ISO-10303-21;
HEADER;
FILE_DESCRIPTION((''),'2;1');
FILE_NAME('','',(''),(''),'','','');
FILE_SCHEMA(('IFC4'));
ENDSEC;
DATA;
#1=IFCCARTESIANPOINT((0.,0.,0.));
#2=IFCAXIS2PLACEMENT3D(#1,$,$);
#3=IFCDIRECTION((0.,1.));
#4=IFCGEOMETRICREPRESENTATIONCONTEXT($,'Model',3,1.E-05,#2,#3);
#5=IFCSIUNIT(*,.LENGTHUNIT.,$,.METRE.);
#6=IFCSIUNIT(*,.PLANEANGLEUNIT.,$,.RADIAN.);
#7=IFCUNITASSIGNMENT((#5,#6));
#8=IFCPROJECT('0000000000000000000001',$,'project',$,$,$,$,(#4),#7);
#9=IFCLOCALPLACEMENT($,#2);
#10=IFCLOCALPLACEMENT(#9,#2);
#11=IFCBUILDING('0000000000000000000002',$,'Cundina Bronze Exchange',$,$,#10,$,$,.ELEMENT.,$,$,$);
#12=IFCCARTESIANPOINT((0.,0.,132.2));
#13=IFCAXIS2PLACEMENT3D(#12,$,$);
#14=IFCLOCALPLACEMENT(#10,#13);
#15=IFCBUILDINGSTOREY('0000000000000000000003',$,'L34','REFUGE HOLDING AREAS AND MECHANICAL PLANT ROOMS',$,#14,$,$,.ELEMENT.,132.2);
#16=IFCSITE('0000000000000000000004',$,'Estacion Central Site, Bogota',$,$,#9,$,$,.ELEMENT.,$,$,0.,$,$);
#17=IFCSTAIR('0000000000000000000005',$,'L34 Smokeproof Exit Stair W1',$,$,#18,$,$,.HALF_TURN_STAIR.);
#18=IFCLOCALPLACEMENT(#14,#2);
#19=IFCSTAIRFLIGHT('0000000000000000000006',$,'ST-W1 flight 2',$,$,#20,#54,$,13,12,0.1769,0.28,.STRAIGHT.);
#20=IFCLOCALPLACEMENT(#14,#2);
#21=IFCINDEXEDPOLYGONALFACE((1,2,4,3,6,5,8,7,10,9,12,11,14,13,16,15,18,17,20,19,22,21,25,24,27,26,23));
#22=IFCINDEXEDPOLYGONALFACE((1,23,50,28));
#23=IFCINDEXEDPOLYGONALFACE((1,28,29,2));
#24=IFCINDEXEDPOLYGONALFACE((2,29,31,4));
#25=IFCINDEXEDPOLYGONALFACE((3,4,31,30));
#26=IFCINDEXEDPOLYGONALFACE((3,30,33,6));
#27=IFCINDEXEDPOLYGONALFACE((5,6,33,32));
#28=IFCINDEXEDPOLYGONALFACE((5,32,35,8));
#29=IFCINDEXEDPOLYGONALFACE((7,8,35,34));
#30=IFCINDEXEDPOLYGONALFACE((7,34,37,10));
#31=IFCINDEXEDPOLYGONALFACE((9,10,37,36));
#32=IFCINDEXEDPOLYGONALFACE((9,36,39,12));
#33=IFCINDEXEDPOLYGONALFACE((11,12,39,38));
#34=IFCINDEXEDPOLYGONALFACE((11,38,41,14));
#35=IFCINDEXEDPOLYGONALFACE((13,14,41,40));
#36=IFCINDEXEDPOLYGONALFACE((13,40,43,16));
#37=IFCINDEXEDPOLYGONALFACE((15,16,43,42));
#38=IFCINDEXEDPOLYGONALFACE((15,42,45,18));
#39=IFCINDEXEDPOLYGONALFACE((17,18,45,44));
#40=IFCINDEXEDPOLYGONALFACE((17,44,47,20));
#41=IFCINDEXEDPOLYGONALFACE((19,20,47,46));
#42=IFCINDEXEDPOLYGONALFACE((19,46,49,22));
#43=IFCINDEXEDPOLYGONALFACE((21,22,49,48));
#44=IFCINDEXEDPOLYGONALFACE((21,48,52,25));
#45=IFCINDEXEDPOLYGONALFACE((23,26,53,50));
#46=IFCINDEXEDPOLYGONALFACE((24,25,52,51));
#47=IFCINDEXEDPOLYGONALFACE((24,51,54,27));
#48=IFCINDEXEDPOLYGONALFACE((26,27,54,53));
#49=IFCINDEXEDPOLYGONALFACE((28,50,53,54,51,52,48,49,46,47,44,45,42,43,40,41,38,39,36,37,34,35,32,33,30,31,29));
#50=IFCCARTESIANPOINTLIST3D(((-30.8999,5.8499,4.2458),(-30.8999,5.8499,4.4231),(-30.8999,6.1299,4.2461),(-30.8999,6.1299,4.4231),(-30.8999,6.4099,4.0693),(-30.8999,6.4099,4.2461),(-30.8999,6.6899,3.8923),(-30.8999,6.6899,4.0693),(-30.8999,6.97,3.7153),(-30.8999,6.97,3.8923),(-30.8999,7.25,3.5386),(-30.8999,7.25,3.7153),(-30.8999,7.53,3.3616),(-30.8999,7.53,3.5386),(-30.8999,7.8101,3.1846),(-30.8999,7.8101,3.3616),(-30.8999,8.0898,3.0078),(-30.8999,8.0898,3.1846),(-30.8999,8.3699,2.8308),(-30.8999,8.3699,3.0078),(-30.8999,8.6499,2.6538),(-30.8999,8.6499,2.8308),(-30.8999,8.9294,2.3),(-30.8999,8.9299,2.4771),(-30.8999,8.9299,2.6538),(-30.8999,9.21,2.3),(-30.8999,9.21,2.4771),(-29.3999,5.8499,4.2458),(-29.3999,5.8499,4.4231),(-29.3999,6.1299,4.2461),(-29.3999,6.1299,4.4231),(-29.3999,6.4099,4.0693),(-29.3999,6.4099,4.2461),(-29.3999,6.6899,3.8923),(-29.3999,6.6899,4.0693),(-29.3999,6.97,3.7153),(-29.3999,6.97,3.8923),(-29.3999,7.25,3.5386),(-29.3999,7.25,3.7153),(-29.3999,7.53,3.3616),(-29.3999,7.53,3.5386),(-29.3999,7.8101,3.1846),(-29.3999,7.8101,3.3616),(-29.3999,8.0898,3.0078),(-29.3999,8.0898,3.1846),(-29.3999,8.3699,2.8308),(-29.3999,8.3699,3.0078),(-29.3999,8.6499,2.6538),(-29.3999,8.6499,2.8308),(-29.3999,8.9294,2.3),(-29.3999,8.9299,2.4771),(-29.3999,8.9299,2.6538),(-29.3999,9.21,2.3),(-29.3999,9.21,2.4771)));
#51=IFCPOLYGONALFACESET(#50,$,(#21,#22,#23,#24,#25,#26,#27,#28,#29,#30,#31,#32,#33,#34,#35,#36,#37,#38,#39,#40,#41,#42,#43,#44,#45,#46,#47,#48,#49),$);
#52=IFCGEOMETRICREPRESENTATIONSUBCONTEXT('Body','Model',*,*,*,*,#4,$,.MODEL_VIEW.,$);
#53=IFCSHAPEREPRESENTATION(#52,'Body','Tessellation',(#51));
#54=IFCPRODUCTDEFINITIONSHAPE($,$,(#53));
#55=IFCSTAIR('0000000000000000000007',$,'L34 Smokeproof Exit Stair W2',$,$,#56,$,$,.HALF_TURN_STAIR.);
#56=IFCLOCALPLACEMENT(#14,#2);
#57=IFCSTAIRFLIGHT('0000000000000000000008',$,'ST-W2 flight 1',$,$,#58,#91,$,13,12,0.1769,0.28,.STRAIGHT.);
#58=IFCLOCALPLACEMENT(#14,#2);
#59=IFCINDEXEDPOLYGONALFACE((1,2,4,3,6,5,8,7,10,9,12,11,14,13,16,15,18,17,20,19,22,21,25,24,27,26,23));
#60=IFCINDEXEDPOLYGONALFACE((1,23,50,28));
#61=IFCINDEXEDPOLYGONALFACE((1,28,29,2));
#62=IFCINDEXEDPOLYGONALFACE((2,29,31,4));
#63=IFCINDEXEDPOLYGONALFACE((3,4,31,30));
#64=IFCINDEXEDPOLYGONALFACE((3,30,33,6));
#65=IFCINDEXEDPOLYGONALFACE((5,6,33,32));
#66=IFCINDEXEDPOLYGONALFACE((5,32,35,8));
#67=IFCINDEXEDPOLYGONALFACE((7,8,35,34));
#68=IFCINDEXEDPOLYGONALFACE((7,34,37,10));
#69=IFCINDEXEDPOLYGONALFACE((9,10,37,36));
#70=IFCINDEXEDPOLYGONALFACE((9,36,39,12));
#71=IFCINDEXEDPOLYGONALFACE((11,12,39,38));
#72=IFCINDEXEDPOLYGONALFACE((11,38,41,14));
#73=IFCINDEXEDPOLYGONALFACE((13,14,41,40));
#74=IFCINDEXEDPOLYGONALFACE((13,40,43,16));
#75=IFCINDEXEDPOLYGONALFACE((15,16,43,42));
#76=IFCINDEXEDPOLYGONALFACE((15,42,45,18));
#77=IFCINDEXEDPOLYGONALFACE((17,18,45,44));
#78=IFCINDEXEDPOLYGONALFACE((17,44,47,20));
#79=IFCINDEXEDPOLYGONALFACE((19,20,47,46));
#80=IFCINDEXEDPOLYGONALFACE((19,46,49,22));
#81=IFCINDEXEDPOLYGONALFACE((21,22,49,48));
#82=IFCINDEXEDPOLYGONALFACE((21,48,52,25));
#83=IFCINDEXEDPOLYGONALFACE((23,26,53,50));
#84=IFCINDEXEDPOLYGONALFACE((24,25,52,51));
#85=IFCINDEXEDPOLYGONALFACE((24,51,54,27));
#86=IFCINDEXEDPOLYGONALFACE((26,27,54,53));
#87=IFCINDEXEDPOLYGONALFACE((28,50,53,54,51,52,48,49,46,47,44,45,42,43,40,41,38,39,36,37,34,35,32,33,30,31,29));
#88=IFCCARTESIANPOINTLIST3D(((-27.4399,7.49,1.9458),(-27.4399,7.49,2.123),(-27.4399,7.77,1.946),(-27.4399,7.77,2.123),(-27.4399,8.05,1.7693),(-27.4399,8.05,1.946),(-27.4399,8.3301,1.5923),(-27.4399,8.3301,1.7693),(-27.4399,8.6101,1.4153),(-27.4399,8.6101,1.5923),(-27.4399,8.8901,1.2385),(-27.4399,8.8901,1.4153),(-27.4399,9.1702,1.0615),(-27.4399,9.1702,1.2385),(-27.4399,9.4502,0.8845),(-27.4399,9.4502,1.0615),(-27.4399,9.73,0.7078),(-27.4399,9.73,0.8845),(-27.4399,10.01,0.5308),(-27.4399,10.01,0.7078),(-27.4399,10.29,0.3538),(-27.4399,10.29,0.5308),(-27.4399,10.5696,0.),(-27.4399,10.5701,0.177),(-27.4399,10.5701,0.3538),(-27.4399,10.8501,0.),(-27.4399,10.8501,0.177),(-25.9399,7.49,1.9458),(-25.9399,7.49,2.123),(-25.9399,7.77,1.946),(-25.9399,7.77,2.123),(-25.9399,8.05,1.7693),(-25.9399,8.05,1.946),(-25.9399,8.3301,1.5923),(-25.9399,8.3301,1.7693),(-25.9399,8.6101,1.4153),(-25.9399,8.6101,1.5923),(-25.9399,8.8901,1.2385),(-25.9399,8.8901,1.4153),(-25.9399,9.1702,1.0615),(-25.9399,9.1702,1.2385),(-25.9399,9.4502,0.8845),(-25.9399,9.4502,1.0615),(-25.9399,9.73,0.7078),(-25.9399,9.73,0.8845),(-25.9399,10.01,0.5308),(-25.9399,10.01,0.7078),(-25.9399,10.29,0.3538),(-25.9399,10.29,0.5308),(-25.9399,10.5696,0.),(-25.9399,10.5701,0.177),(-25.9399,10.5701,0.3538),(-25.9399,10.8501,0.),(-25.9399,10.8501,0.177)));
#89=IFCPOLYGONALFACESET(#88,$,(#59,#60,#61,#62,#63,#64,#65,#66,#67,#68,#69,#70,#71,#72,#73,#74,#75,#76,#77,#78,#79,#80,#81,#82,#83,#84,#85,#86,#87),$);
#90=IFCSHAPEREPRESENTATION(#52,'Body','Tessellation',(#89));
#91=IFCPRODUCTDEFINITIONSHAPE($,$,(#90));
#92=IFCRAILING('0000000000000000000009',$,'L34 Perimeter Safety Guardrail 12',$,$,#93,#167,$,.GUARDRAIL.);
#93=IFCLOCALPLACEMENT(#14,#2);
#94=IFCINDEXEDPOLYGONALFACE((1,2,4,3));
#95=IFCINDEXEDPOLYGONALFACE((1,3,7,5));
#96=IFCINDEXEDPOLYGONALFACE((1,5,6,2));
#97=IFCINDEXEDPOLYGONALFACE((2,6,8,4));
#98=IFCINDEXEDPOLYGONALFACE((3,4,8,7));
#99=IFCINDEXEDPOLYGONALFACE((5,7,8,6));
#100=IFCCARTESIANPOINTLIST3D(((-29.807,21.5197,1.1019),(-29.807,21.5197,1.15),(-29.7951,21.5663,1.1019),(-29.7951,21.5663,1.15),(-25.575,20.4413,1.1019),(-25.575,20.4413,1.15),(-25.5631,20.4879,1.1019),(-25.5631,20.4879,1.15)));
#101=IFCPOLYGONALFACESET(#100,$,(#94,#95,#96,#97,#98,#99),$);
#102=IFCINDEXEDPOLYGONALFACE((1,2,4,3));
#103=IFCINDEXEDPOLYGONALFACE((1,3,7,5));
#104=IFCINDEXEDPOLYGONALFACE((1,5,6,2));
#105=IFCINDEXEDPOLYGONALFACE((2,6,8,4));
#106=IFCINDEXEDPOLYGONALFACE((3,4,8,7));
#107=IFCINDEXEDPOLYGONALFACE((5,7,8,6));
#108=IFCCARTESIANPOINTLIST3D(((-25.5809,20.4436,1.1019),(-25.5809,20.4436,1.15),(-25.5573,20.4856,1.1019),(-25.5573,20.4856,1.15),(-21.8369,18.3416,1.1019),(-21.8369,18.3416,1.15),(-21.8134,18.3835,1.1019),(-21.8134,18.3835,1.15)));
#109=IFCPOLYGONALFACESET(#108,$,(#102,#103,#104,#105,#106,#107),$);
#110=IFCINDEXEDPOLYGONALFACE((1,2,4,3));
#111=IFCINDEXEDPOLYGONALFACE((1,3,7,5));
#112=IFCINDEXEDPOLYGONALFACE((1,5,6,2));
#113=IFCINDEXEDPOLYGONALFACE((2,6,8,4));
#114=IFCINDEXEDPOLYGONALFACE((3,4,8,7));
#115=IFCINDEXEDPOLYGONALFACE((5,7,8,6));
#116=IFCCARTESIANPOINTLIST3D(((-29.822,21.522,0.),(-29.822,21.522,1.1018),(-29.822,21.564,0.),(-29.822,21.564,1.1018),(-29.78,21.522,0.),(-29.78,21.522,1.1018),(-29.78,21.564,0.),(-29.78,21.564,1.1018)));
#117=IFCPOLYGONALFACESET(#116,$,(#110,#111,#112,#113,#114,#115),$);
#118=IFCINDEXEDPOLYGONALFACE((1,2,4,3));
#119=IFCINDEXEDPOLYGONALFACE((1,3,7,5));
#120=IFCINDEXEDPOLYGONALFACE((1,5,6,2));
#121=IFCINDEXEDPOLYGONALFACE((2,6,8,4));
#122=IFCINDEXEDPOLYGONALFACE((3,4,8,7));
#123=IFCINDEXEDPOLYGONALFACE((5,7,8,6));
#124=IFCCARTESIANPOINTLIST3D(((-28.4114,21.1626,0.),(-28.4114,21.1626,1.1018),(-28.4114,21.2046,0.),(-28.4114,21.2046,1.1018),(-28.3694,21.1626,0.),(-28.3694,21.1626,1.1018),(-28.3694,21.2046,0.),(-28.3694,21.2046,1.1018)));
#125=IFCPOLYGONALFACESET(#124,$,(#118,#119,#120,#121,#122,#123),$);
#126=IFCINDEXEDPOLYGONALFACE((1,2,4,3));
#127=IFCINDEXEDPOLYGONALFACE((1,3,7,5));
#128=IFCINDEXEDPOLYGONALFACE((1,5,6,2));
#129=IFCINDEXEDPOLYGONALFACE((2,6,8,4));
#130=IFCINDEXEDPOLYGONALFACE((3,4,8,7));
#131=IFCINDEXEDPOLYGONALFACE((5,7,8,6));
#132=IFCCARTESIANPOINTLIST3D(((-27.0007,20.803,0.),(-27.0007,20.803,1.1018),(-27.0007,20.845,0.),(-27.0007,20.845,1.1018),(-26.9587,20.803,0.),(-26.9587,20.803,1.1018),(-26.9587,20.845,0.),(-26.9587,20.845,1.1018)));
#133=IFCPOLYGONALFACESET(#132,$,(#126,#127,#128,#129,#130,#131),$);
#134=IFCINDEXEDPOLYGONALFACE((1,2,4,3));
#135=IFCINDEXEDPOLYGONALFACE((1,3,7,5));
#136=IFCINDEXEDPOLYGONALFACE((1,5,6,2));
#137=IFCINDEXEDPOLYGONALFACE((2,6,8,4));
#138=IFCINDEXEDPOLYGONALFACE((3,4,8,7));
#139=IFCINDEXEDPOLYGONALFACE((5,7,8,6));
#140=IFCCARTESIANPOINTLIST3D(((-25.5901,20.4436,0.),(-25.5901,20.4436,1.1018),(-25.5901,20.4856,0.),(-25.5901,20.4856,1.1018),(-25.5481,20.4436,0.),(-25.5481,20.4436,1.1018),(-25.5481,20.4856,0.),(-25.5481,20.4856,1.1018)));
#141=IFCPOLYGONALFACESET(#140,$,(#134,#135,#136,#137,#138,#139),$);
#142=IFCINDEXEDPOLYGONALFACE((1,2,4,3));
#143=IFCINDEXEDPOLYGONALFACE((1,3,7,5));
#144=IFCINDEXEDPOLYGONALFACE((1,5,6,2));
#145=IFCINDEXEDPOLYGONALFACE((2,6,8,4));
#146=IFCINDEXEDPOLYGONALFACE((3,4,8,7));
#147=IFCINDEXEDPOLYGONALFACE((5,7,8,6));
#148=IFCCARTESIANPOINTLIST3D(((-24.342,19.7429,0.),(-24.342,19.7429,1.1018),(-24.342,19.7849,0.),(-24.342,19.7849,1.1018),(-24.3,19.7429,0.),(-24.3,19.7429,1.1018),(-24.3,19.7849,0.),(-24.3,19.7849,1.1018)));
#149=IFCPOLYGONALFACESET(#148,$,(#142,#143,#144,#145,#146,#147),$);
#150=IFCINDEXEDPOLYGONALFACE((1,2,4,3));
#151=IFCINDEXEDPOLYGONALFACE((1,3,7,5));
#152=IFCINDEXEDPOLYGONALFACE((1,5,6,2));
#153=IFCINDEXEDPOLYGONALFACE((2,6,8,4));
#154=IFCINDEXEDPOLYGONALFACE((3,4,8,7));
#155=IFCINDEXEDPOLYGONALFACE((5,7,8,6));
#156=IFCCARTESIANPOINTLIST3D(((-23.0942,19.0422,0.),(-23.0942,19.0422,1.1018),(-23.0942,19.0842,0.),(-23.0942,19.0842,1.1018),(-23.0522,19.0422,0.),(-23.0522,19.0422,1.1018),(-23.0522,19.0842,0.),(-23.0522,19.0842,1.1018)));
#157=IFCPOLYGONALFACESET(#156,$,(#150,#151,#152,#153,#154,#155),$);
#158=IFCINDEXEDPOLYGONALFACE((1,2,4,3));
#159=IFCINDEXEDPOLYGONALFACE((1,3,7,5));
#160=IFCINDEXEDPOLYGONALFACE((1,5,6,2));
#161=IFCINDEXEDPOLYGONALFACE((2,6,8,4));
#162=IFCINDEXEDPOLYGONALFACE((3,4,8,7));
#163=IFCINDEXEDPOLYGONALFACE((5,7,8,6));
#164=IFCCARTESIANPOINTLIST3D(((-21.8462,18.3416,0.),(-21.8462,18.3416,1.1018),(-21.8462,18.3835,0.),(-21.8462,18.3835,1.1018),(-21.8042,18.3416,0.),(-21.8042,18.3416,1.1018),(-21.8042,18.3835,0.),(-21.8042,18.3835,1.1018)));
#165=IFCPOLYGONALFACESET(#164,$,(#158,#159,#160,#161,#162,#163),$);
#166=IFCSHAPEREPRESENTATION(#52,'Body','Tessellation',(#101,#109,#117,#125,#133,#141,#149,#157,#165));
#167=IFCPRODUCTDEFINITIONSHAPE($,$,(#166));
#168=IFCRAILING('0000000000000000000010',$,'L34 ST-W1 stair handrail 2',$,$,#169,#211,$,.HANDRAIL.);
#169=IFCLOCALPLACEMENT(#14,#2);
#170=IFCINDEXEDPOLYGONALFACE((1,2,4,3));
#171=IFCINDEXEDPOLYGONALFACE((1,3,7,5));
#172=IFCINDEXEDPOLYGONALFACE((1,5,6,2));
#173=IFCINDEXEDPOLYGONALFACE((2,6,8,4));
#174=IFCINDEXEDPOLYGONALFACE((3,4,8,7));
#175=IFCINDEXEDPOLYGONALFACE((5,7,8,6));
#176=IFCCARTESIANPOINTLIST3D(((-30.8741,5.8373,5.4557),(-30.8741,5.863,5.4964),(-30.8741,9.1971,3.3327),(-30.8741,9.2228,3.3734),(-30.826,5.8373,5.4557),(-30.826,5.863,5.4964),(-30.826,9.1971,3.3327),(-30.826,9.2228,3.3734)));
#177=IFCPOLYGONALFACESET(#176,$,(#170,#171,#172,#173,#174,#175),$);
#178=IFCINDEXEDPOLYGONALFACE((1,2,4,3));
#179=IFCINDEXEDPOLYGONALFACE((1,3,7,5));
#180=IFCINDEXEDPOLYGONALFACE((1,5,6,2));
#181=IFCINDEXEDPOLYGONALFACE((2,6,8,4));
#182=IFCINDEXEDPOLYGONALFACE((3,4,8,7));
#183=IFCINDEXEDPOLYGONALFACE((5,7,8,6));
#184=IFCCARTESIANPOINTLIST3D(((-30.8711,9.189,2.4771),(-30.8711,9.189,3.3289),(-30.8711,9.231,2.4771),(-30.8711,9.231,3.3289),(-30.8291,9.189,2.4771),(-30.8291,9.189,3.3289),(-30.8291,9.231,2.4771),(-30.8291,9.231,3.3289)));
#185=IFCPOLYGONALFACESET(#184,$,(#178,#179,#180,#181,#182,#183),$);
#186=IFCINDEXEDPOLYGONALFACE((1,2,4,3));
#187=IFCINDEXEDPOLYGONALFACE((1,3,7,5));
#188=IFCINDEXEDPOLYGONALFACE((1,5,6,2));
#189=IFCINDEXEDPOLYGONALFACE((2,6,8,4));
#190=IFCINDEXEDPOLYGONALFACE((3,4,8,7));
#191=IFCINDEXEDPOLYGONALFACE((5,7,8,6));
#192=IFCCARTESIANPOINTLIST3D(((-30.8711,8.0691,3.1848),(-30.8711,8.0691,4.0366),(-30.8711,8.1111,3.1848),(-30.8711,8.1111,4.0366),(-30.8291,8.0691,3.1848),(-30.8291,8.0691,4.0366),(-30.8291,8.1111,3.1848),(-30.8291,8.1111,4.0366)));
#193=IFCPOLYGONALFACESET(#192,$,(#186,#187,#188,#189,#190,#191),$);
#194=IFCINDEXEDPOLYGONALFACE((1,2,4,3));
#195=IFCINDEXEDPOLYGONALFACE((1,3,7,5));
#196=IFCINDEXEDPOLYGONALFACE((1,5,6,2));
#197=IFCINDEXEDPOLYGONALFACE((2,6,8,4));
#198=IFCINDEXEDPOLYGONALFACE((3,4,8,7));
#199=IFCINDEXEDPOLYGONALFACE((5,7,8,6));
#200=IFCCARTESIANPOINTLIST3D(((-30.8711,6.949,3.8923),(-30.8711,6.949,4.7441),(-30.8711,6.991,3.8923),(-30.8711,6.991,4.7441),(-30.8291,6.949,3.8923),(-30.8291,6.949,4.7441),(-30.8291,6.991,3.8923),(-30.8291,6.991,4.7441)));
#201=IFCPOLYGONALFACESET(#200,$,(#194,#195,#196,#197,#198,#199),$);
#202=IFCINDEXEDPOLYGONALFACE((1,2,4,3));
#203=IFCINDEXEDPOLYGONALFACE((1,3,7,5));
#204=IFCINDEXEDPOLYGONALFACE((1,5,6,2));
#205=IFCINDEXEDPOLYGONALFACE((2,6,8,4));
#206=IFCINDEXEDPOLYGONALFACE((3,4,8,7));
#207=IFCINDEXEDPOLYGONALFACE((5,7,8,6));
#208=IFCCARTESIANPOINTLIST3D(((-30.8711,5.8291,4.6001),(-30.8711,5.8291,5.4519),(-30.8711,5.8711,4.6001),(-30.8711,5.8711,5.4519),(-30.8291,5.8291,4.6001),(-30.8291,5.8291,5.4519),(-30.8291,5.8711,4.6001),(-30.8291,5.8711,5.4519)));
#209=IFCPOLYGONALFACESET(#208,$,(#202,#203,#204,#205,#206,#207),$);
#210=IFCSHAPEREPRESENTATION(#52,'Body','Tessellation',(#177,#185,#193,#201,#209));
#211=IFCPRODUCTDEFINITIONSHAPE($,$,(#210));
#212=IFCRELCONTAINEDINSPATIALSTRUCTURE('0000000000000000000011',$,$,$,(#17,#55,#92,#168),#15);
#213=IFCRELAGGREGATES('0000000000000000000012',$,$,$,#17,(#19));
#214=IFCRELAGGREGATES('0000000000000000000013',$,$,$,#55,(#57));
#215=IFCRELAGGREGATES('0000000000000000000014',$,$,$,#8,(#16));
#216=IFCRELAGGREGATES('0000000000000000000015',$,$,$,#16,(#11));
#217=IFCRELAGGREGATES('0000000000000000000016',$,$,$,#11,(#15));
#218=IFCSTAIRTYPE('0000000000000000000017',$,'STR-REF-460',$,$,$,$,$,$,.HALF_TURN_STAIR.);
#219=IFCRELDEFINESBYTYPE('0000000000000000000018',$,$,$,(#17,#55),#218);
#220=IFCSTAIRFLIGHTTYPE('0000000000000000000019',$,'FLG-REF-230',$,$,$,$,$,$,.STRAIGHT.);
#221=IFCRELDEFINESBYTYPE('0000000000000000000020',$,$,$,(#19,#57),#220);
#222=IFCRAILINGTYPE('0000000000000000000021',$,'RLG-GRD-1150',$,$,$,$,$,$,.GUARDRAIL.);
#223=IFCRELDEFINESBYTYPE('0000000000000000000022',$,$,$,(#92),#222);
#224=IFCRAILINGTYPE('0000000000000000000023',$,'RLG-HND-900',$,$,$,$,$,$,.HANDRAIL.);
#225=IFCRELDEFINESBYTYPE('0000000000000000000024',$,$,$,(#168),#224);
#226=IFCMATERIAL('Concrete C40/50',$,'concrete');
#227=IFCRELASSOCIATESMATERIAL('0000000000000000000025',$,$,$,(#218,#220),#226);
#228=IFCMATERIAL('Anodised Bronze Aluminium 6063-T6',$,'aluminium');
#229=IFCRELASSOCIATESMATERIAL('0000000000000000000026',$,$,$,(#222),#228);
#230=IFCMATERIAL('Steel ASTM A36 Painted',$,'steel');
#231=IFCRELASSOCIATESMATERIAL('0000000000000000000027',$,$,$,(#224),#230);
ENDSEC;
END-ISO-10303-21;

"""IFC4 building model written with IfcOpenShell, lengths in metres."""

from ifc_helpers import new_model, si_unit, direction, frame, origin, origin_2d, place, context, subcontext, project, spatial, polyline, rectangle, outline, extrude, material, type_object, element, aggregate, save


model = new_model("IFC4")

# Units and contexts
model_context = context("Model", 3, precision=1e-05, world=origin(), true_north=direction((0.0, 1.0)))
body_context = subcontext(model_context, "Body", "Model", "MODEL_VIEW")
ifc_project = project(units=[si_unit("LENGTHUNIT", "METRE"), si_unit("PLANEANGLEUNIT", "RADIAN")], contexts=[model_context])

# Site, building, storey
site_placement = place(None, origin())
site = spatial("IfcSite", under=ifc_project, at=site_placement, Name="Estacion Central Site, Bogota", CompositionType="ELEMENT", RefElevation=0.0)
building_placement = place(site_placement, origin())
building = spatial("IfcBuilding", under=site, at=building_placement, Name="Cundina Bronze Exchange", CompositionType="ELEMENT")
storey_placement = place(building_placement, frame((0.0, 0.0, 132.2)))
storey = spatial("IfcBuildingStorey", under=building, at=storey_placement, Name="L34", Description="REFUGE HOLDING AREAS AND MECHANICAL PLANT ROOMS", CompositionType="ELEMENT", Elevation=132.2)

# Shared definitions
ifc_material_1 = material(Name="Steel ASTM A36 Painted", Category="steel")

# Stairs, stair flights
ifc_material_2 = material(Name="Concrete C40/50", Category="concrete")
stair_type = type_object("IfcStairType", Name="STR-REF-460", PredefinedType="HALF_TURN_STAIR", material=ifc_material_2)
stair_1_placement = place(storey_placement, origin())
stair_1 = element("IfcStair", 1, at=stair_1_placement, inside=storey, type_object=stair_type, Name="L34 Smokeproof Exit Stair W1", PredefinedType="HALF_TURN_STAIR")
stair_flight_type = type_object("IfcStairFlightType", Name="FLG-REF-230", PredefinedType="STRAIGHT", material=ifc_material_2)
stair_flight_1_placement = place(storey_placement, frame((-30.1499, 9.21, 2.3), z_axis=(0.0, 0.0, 1.0), x_axis=(0.0, -1.0, 0.0)))
stair_flight_1 = element("IfcStairFlight", 2, at=stair_flight_1_placement, type_object=stair_flight_type, Name="ST-W1 flight 2", NumberOfRisers=13, NumberOfTreads=12, PredefinedType="STRAIGHT", RiserHeight=0.1769, TreadLength=0.28, context=body_context, shape_type="SweptSolid", body=[
    extrude(outline(polyline([(0.0, 0.0), (0.0, 0.177), (0.28, 0.177), (0.28, 0.3538), (0.5601, 0.3538), (0.5601, 0.5308), (0.8401, 0.5308), (0.8401, 0.7078), (1.1201, 0.7078), (1.1201, 0.8845), (1.3999, 0.8845), (1.3999, 1.0615), (1.6799, 1.0615), (1.6799, 1.2385), (1.96, 1.2385), (1.96, 1.4153), (2.24, 1.4153), (2.24, 1.5923), (2.52, 1.5923), (2.52, 1.7693), (2.8, 1.7693), (2.8, 1.946), (3.0801, 1.946), (3.0801, 2.123), (3.3601, 2.123), (3.3601, 2.3), (3.3601, 1.9458), (0.2805, 0.0), (0.0, 0.0)])), frame((0.0, 0.75, 0.0), z_axis=(0.0, -1.0, 0.0), x_axis=(1.0, 0.0, 0.0)), (0.0, 0.0, 1.0), 1.5),
])
aggregate(stair_1, [stair_flight_1])
stair_2_placement = place(storey_placement, origin())
stair_2 = element("IfcStair", 3, at=stair_2_placement, inside=storey, type_object=stair_type, Name="L34 Smokeproof Exit Stair W2", PredefinedType="HALF_TURN_STAIR")
stair_flight_2_placement = place(storey_placement, frame((-26.6899, 10.8501, 0.0), z_axis=(0.0, 0.0, 1.0), x_axis=(0.0, -1.0, 0.0)))
stair_flight_2 = element("IfcStairFlight", 4, at=stair_flight_2_placement, type_object=stair_flight_type, Name="ST-W2 flight 1", NumberOfRisers=13, NumberOfTreads=12, PredefinedType="STRAIGHT", RiserHeight=0.1769, TreadLength=0.28, context=body_context, shape_type="SweptSolid", body=[
    extrude(outline(polyline([(0.0, 0.0), (0.0, 0.177), (0.28, 0.177), (0.28, 0.3538), (0.5601, 0.3538), (0.5601, 0.5308), (0.8401, 0.5308), (0.8401, 0.7078), (1.1201, 0.7078), (1.1201, 0.8845), (1.3999, 0.8845), (1.3999, 1.0615), (1.6799, 1.0615), (1.6799, 1.2385), (1.96, 1.2385), (1.96, 1.4153), (2.24, 1.4153), (2.24, 1.5923), (2.52, 1.5923), (2.52, 1.7693), (2.8, 1.7693), (2.8, 1.946), (3.0801, 1.946), (3.0801, 2.123), (3.3601, 2.123), (3.3601, 2.3), (3.3601, 1.9458), (0.2805, 0.0), (0.0, 0.0)])), frame((0.0, 0.75, 0.0), z_axis=(0.0, -1.0, 0.0), x_axis=(1.0, 0.0, 0.0)), (0.0, 0.0, 1.0), 1.5),
])
aggregate(stair_2, [stair_flight_2])

# Railings
ifc_material_3 = material(Name="Anodised Bronze Aluminium 6063-T6", Category="aluminium")
railing_type_1 = type_object("IfcRailingType", Name="RLG-GRD-1150", PredefinedType="GUARDRAIL", material=ifc_material_3)
railing_1_placement = place(storey_placement, frame((-29.801, 21.543, 0.0)))
element("IfcRailing", 5, at=railing_1_placement, inside=storey, type_object=railing_type_1, Name="L34 Perimeter Safety Guardrail 12", PredefinedType="GUARDRAIL", context=body_context, shape_type="SweptSolid", body=[
    extrude(rectangle(XDim=0.0481, YDim=0.0481, at=origin_2d()), frame((0.0, 0.0, 1.126), z_axis=(0.969034, -0.246927, 0.0), x_axis=(0.246927, 0.969034, 0.0)), (0.0, 0.0, 1.0), 4.3672),
    extrude(rectangle(XDim=0.0481, YDim=0.0481, at=origin_2d()), frame((4.2319, -1.0784, 1.126), z_axis=(0.871962, -0.489573, 0.0), x_axis=(0.489573, 0.871962, 0.0)), (0.0, 0.0, 1.0), 4.2937),
    extrude(rectangle(XDim=0.042, YDim=0.042, at=origin_2d()), origin(), (0.0, 0.0, 1.0), 1.1018),
    extrude(rectangle(XDim=0.042, YDim=0.042, at=origin_2d()), frame((1.4106, -0.3594, 0.0)), (0.0, 0.0, 1.0), 1.1018),
    extrude(rectangle(XDim=0.042, YDim=0.042, at=origin_2d()), frame((2.8213, -0.719, 0.0)), (0.0, 0.0, 1.0), 1.1018),
    extrude(rectangle(XDim=0.042, YDim=0.042, at=origin_2d()), frame((4.2319, -1.0784, 0.0)), (0.0, 0.0, 1.0), 1.1018),
    extrude(rectangle(XDim=0.042, YDim=0.042, at=origin_2d()), frame((5.48, -1.7791, 0.0)), (0.0, 0.0, 1.0), 1.1018),
    extrude(rectangle(XDim=0.042, YDim=0.042, at=origin_2d()), frame((6.7278, -2.4797, 0.0)), (0.0, 0.0, 1.0), 1.1018),
    extrude(rectangle(XDim=0.042, YDim=0.042, at=origin_2d()), frame((7.9758, -3.1804, 0.0)), (0.0, 0.0, 1.0), 1.1018),
])
railing_type_2 = type_object("IfcRailingType", Name="RLG-HND-900", PredefinedType="HANDRAIL", material=ifc_material_1)
railing_2_placement = place(storey_placement, frame((-30.8501, 9.21, 2.4771)))
element("IfcRailing", 6, at=railing_2_placement, inside=storey, type_object=railing_type_2, Name="L34 ST-W1 stair handrail 2", PredefinedType="HANDRAIL", context=body_context, shape_type="SweptSolid", body=[
    extrude(rectangle(XDim=0.0481, YDim=0.0481, at=origin_2d()), frame((0.0, 0.0, 0.876), z_axis=(0.0, -0.845372, 0.534178), x_axis=(1.0, 0.0, 0.0)), (0.0, 0.0, 1.0), 3.9744),
    extrude(rectangle(XDim=0.042, YDim=0.042, at=origin_2d()), origin(), (0.0, 0.0, 1.0), 0.8518),
    extrude(rectangle(XDim=0.042, YDim=0.042, at=origin_2d()), frame((0.0, -1.1199, 0.7078)), (0.0, 0.0, 1.0), 0.8518),
    extrude(rectangle(XDim=0.042, YDim=0.042, at=origin_2d()), frame((0.0, -2.24, 1.4153)), (0.0, 0.0, 1.0), 0.8518),
    extrude(rectangle(XDim=0.042, YDim=0.042, at=origin_2d()), frame((0.0, -3.3599, 2.123)), (0.0, 0.0, 1.0), 0.8518),
])

save(model, "model.ifc")
